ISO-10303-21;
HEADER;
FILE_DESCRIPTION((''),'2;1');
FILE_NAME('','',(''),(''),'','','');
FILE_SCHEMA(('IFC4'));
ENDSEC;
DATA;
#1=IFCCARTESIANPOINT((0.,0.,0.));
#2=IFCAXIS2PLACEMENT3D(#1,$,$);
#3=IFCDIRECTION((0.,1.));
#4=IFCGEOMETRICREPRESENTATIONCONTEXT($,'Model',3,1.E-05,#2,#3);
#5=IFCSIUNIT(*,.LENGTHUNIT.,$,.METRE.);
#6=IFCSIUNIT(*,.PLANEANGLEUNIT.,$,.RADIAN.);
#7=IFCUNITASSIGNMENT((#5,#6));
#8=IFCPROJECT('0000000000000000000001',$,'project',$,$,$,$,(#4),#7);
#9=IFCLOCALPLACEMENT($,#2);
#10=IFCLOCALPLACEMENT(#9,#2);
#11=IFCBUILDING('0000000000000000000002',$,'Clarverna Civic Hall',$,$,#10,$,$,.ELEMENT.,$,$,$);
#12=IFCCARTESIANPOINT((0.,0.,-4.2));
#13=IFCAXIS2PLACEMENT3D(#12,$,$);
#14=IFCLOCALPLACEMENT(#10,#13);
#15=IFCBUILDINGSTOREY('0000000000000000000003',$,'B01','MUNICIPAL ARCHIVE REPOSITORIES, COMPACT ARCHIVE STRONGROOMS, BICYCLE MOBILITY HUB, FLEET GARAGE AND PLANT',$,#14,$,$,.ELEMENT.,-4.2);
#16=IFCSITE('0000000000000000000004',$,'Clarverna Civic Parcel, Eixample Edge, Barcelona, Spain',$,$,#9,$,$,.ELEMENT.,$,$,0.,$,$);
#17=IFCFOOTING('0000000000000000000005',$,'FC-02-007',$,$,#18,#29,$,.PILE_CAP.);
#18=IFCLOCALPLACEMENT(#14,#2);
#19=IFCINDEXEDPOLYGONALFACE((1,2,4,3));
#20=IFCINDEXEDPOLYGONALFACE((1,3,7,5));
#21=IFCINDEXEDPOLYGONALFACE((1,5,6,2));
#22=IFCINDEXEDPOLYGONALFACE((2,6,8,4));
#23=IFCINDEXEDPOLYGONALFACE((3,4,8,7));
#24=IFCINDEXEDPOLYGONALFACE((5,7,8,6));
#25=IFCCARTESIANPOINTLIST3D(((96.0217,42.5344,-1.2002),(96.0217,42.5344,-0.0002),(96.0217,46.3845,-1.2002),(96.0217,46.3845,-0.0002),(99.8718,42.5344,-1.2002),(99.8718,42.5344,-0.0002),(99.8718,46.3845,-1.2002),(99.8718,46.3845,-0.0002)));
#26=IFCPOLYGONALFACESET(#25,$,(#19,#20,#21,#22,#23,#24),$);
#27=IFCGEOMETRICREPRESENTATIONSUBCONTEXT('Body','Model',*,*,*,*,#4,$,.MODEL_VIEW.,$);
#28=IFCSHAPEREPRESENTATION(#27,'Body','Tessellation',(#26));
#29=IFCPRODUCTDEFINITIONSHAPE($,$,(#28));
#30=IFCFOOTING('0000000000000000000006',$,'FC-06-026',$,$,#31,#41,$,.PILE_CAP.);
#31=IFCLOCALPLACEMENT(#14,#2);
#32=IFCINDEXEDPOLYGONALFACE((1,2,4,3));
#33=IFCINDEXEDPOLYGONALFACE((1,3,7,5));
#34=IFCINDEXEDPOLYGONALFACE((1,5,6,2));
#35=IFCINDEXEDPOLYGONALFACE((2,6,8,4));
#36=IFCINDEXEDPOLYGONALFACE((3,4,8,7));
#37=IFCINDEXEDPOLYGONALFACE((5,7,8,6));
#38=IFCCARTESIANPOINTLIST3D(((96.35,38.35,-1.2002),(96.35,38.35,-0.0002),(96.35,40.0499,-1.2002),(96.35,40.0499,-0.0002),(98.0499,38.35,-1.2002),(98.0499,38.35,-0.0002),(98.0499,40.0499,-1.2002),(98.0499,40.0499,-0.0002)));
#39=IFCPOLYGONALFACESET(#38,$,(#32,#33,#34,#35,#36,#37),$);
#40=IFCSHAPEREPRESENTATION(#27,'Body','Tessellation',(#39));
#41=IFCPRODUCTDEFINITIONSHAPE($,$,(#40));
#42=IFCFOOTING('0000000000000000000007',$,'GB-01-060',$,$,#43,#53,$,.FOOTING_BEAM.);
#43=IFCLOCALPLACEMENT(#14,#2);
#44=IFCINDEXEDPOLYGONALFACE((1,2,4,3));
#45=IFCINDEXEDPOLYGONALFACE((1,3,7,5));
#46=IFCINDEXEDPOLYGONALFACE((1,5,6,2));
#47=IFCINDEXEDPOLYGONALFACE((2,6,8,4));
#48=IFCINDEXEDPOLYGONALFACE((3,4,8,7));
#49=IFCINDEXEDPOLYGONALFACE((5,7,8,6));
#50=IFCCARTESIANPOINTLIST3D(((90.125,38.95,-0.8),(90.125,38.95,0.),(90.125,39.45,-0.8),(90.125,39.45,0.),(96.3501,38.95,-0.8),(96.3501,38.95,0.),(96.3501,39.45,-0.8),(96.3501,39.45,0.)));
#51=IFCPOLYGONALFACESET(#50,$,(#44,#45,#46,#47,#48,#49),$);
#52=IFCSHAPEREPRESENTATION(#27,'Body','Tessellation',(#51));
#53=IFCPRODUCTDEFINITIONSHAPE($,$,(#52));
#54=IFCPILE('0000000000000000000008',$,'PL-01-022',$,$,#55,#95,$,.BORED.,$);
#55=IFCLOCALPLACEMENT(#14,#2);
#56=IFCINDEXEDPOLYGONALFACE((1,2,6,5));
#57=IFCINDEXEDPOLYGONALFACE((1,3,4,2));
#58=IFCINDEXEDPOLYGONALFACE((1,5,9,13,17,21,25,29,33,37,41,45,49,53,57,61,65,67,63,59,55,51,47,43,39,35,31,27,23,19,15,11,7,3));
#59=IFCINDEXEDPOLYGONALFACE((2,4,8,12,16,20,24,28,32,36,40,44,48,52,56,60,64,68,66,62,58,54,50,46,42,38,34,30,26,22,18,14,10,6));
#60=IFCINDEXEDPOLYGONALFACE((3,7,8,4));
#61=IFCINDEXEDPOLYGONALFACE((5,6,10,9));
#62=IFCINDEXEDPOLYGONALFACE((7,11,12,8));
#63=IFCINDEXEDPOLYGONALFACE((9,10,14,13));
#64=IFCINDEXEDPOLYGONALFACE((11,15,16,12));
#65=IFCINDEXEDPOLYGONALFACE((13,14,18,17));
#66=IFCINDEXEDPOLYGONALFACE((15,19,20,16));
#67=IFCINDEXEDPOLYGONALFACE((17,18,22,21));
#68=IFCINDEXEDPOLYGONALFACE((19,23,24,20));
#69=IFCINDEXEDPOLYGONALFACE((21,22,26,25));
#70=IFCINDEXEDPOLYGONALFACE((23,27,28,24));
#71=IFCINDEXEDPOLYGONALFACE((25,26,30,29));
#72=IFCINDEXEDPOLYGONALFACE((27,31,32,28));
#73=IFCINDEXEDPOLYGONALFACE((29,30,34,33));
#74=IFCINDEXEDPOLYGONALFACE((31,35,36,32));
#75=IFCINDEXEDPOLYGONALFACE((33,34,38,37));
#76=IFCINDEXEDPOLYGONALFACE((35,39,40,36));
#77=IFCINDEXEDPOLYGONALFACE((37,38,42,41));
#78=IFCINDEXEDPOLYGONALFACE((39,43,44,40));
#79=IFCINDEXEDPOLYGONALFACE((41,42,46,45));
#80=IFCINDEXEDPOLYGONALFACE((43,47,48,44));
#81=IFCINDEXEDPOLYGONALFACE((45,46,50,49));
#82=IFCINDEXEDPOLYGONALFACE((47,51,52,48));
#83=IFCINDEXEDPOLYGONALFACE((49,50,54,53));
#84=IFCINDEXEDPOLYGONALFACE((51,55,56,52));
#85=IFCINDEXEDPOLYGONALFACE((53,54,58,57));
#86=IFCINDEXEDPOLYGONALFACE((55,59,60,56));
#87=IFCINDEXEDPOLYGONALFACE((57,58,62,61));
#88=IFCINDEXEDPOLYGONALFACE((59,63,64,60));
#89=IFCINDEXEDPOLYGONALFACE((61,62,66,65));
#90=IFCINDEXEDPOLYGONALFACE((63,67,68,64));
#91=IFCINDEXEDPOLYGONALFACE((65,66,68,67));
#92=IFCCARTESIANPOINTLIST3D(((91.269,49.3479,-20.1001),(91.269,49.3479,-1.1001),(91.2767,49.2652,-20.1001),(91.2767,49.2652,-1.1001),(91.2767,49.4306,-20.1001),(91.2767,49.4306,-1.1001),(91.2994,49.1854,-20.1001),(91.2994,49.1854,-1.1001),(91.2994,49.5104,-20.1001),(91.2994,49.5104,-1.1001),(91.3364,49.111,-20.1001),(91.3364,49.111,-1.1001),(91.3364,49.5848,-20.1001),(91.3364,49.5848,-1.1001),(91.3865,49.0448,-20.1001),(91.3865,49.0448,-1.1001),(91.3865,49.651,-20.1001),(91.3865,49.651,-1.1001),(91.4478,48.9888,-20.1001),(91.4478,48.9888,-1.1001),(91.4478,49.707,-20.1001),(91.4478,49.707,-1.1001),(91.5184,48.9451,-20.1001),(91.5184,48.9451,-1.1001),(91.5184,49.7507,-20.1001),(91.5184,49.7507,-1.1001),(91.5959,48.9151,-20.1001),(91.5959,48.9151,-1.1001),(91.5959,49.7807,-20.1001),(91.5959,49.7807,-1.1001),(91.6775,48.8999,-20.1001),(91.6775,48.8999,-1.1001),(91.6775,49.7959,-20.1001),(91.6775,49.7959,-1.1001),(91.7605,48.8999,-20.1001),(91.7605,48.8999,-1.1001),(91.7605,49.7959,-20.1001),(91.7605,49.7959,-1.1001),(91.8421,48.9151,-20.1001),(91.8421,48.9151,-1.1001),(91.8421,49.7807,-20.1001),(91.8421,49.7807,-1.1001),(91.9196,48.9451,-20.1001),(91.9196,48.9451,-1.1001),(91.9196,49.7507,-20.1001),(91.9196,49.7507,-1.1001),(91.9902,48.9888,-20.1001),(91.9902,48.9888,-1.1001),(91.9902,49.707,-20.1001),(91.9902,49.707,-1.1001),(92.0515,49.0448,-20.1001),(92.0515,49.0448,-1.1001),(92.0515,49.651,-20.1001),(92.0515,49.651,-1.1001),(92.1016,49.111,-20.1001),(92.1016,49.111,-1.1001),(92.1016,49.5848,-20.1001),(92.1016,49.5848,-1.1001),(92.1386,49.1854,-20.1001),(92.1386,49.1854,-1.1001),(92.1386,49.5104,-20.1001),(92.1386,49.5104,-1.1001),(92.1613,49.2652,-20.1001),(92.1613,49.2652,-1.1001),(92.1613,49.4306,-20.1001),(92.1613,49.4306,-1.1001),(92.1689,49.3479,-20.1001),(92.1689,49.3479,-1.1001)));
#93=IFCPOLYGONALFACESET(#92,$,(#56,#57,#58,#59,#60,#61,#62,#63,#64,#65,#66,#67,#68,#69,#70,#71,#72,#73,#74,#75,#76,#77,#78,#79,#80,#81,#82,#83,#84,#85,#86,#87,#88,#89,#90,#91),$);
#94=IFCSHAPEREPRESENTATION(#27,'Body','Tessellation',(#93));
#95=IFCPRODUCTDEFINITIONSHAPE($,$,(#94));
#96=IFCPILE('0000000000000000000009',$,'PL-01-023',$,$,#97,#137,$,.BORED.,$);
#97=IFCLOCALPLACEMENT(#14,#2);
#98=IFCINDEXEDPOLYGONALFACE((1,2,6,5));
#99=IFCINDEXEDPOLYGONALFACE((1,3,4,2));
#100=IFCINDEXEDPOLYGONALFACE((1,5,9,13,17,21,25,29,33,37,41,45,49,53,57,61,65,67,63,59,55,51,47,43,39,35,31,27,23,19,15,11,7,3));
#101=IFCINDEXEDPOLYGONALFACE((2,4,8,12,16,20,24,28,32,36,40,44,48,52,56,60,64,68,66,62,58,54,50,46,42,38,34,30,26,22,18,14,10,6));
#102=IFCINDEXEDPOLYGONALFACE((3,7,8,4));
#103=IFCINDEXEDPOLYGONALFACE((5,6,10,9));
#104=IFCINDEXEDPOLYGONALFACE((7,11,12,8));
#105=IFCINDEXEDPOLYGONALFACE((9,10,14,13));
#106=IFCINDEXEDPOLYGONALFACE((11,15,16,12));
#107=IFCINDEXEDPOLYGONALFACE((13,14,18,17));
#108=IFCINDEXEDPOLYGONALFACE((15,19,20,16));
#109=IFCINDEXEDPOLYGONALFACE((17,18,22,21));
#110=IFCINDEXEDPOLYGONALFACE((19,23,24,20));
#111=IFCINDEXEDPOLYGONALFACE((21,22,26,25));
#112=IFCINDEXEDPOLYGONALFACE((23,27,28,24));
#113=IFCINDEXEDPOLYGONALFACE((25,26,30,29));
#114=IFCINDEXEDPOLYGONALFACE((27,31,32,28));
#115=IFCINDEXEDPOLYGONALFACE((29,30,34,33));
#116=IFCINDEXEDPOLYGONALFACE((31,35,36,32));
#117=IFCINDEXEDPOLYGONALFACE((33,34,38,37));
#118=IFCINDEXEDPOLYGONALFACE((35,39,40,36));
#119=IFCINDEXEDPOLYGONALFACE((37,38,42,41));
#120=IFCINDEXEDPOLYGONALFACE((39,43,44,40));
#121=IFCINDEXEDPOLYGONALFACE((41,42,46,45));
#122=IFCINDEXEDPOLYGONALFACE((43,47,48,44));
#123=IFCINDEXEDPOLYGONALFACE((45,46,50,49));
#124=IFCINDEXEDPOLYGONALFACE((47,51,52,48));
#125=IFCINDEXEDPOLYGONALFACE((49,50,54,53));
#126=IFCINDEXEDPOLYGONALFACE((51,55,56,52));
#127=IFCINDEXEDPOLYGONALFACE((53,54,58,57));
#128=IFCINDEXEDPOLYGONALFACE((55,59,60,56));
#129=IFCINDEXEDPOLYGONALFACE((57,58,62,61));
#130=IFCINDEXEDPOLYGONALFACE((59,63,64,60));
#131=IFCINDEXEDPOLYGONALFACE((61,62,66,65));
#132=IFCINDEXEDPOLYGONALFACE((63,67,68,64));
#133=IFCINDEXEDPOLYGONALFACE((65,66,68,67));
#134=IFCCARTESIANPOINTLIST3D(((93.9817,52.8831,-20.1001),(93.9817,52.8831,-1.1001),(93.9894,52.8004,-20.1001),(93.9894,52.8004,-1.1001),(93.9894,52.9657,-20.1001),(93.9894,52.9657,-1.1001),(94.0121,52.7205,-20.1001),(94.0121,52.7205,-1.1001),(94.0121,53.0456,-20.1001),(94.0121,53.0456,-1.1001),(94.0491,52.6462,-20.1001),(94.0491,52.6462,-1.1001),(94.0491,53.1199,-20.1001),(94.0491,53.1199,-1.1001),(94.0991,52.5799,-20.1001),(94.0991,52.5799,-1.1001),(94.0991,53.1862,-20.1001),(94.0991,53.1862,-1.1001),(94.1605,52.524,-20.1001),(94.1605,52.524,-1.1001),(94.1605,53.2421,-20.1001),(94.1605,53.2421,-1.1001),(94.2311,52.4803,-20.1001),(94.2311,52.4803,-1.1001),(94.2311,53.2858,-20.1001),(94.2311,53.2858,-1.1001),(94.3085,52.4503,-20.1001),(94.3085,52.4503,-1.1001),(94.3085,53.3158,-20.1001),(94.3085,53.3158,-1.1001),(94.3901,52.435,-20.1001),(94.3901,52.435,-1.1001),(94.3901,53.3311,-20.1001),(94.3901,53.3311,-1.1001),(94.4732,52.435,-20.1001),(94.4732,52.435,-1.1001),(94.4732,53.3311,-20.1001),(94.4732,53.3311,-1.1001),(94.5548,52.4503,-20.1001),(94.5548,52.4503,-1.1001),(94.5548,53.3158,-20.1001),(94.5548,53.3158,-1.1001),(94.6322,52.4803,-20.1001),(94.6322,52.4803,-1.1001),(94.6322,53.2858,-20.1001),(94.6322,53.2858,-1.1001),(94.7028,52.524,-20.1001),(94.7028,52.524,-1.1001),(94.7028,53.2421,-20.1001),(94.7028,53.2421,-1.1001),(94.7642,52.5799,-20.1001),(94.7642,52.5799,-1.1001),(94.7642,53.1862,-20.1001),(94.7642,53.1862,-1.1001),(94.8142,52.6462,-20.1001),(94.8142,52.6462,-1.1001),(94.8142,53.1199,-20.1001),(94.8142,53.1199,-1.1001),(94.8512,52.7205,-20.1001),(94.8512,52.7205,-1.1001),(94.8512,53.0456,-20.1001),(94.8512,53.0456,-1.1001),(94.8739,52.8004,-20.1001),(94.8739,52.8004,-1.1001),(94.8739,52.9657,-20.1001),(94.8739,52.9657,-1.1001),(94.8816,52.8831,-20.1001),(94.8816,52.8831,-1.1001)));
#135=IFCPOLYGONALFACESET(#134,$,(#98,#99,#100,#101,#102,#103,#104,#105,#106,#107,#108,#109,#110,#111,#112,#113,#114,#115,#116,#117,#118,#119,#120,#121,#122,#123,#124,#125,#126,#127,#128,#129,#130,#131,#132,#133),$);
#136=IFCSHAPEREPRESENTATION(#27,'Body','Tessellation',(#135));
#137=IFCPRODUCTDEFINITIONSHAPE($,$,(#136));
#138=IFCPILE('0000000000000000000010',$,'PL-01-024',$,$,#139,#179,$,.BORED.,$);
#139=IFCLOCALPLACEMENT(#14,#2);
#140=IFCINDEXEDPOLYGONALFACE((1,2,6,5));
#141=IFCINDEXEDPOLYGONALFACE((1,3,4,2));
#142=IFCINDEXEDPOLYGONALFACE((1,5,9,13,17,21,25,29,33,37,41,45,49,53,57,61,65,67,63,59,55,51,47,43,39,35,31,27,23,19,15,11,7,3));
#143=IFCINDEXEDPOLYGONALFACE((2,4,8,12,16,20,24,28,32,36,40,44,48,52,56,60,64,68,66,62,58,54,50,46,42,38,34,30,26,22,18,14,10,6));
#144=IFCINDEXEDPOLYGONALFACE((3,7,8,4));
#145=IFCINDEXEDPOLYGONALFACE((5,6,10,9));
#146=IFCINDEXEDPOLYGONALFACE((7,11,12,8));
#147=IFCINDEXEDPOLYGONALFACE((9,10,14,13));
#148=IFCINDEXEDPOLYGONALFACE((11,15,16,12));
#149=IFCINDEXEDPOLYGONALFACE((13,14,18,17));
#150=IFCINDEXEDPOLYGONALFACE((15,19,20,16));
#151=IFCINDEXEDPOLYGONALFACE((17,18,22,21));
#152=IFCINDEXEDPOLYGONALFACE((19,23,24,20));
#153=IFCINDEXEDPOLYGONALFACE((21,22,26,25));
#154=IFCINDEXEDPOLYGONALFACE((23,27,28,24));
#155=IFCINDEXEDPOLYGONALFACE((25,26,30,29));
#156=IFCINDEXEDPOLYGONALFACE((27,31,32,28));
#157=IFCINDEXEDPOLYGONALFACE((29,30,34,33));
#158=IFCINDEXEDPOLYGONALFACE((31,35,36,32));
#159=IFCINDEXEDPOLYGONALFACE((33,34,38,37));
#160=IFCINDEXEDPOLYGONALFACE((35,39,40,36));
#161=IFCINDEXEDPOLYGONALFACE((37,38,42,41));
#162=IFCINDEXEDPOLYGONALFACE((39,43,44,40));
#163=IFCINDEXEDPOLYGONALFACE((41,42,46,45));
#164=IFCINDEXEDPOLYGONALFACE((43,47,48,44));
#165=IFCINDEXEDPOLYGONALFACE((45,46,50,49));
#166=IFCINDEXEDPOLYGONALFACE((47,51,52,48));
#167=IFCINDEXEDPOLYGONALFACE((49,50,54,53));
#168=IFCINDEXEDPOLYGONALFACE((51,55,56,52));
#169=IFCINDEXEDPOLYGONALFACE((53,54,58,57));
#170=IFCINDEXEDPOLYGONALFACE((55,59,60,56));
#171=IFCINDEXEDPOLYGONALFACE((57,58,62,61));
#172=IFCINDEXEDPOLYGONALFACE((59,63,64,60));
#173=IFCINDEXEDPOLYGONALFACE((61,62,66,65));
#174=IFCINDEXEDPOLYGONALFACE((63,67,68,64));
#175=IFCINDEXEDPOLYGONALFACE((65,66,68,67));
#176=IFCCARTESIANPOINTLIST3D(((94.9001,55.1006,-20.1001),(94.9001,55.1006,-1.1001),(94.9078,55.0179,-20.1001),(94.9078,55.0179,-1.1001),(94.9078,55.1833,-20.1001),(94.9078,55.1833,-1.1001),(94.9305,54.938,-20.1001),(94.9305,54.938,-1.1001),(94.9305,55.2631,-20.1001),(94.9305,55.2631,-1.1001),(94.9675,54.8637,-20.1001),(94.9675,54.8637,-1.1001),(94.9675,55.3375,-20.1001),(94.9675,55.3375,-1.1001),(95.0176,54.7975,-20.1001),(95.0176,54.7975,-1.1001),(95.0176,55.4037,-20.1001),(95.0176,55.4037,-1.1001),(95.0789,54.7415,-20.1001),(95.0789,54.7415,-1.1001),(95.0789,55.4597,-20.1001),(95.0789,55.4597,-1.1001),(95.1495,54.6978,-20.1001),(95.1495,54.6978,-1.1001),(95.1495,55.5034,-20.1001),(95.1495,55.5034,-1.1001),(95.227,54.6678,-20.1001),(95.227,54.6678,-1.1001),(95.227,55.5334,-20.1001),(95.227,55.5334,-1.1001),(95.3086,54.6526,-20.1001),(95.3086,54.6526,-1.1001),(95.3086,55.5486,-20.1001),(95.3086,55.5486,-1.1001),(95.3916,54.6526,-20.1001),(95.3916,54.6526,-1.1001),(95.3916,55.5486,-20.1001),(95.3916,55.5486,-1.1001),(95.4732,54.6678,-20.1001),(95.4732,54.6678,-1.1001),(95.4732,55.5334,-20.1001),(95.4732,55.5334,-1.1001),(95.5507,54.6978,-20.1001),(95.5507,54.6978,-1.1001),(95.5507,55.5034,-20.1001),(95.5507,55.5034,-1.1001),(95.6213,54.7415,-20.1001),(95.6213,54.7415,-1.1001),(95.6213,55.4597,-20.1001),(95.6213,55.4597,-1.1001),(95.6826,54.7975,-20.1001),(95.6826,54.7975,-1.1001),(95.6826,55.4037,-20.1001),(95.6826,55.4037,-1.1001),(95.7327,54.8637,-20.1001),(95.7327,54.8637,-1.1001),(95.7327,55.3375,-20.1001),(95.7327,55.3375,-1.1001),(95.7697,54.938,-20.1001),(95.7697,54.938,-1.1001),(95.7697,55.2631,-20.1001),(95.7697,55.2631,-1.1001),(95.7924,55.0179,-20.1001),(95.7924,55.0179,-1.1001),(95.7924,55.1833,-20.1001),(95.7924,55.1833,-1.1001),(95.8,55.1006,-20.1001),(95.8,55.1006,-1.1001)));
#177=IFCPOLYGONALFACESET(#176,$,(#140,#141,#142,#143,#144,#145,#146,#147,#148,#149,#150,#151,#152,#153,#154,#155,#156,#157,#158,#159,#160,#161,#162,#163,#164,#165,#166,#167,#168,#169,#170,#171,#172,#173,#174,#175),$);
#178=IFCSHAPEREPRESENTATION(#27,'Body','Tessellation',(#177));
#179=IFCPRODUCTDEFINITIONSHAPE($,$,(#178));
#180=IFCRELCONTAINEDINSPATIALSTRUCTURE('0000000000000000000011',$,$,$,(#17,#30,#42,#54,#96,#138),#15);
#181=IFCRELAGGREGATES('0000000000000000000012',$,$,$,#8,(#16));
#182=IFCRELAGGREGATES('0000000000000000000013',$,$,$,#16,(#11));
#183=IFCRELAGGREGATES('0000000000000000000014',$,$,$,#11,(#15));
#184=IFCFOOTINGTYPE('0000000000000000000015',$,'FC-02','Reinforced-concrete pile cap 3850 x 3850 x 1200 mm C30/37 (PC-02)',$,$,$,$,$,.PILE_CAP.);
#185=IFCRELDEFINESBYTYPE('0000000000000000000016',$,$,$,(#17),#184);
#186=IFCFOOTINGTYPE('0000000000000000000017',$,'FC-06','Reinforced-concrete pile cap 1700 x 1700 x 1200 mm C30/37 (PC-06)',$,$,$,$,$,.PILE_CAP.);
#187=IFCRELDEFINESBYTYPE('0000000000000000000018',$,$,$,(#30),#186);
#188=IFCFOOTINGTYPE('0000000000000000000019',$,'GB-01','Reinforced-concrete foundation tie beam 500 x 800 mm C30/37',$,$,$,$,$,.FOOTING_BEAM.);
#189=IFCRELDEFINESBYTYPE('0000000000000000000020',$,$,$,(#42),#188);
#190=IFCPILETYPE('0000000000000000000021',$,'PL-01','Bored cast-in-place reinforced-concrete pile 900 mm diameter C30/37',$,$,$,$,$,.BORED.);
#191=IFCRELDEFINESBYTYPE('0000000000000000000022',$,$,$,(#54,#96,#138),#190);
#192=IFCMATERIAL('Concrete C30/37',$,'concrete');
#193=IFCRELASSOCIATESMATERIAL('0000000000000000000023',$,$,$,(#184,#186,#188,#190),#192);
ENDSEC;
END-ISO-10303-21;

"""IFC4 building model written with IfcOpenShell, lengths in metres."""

from ifc_helpers import new_model, si_unit, direction, frame, frame_2d, origin, origin_2d, place, context, subcontext, project, spatial, rectangle, circle, extrude, material, material_profile, profile_set, type_object, element, save


model = new_model("IFC4")

# Units and contexts
model_context = context("Model", 3, precision=1e-05, world=origin(), true_north=direction((0.0, 1.0)))
body_context = subcontext(model_context, "Body", "Model", "MODEL_VIEW")
ifc_project = project(units=[si_unit("LENGTHUNIT", "METRE"), si_unit("PLANEANGLEUNIT", "RADIAN")], contexts=[model_context])

# Site, building, storey
site_placement = place(None, origin())
site = spatial("IfcSite", under=ifc_project, at=site_placement, Name="Clarverna Civic Parcel, Eixample Edge, Barcelona, Spain", CompositionType="ELEMENT", RefElevation=0.0)
building_placement = place(site_placement, origin())
building = spatial("IfcBuilding", under=site, at=building_placement, Name="Clarverna Civic Hall", CompositionType="ELEMENT")
storey_placement = place(building_placement, frame((0.0, 0.0, -4.2)))
storey = spatial("IfcBuildingStorey", under=building, at=storey_placement, Name="B01", Description="MUNICIPAL ARCHIVE REPOSITORIES, COMPACT ARCHIVE STRONGROOMS, BICYCLE MOBILITY HUB, FLEET GARAGE AND PLANT", CompositionType="ELEMENT", Elevation=-4.2)

# Footings
ifc_material_1 = material(Name="Concrete C30/37", Category="concrete")
footing_type_1 = type_object("IfcFootingType", Name="FC-02", Description="Reinforced-concrete pile cap 3850 x 3850 x 1200 mm C30/37 (PC-02)", PredefinedType="PILE_CAP", material=ifc_material_1)
footing_1_placement = place(storey_placement, frame((97.9468, 44.4595, -1.2002), z_axis=(0.0, 0.0, 1.0), x_axis=(1.0, 0.0, 0.0)))
element("IfcFooting", 1, at=footing_1_placement, inside=storey, type_object=footing_type_1, Name="FC-02-007", PredefinedType="PILE_CAP", context=body_context, shape_type="SweptSolid", body=[
    extrude(rectangle(XDim=3.8501, YDim=3.8501, at=origin_2d()), origin(), (0.0, 0.0, 1.0), 1.2),
])
footing_type_2 = type_object("IfcFootingType", Name="FC-06", Description="Reinforced-concrete pile cap 1700 x 1700 x 1200 mm C30/37 (PC-06)", PredefinedType="PILE_CAP", material=ifc_material_1)
footing_2_placement = place(storey_placement, frame((97.2, 39.2, -1.2002), z_axis=(0.0, 0.0, 1.0), x_axis=(1.0, 0.0, 0.0)))
element("IfcFooting", 2, at=footing_2_placement, inside=storey, type_object=footing_type_2, Name="FC-06-026", PredefinedType="PILE_CAP", context=body_context, shape_type="SweptSolid", body=[
    extrude(rectangle(XDim=1.7, YDim=1.7, at=origin_2d()), origin(), (0.0, 0.0, 1.0), 1.2),
])
footing_type_3 = type_object("IfcFootingType", Name="GB-01", Description="Reinforced-concrete foundation tie beam 500 x 800 mm C30/37", PredefinedType="FOOTING_BEAM", material=ifc_material_1)
footing_3_placement = place(storey_placement, frame((90.125, 39.2, -0.8), z_axis=(0.0, 0.0, 1.0), x_axis=(1.0, 0.0, 0.0)))
element("IfcFooting", 3, at=footing_3_placement, inside=storey, type_object=footing_type_3, Name="GB-01-060", PredefinedType="FOOTING_BEAM", context=body_context, shape_type="SweptSolid", body=[
    extrude(rectangle(XDim=6.2251, YDim=0.5, at=frame_2d((3.1125, 0.0))), origin(), (0.0, 0.0, 1.0), 0.8),
])

# Piles
ifc_material_profile_1 = material_profile(ifc_material_1, circle(Radius=0.45, at=origin_2d()), Name="BORED PILE D900")
ifc_profile_set_1 = profile_set([ifc_material_profile_1], Name="Concrete C30/37")
pile_type = type_object("IfcPileType", Name="PL-01", Description="Bored cast-in-place reinforced-concrete pile 900 mm diameter C30/37", PredefinedType="BORED", material=ifc_profile_set_1)
for number, where, z_axis, x_axis, name in (
    (4, (91.719, 49.3479, -1.1001), (0.0, 0.0, -1.0), (1.0, 0.0, 0.0), "PL-01-022"),
    (5, (94.4316, 52.8831, -1.1001), (0.0, 0.0, -1.0), (1.0, 0.0, 0.0), "PL-01-023"),
    (6, (95.3501, 55.1006, -1.1001), (0.0, 0.0, -1.0), (1.0, 0.0, 0.0), "PL-01-024"),
):
    element("IfcPile", number, at=place(storey_placement, frame(where, z_axis=z_axis, x_axis=x_axis)), inside=storey, type_object=pile_type, Name=name, PredefinedType="BORED", context=body_context, shape_type="SweptSolid", body=[
        extrude(circle(Radius=0.45, at=origin_2d()), origin(), (0.0, 0.0, 1.0), 19.0),
    ])

save(model, "model.ifc")
